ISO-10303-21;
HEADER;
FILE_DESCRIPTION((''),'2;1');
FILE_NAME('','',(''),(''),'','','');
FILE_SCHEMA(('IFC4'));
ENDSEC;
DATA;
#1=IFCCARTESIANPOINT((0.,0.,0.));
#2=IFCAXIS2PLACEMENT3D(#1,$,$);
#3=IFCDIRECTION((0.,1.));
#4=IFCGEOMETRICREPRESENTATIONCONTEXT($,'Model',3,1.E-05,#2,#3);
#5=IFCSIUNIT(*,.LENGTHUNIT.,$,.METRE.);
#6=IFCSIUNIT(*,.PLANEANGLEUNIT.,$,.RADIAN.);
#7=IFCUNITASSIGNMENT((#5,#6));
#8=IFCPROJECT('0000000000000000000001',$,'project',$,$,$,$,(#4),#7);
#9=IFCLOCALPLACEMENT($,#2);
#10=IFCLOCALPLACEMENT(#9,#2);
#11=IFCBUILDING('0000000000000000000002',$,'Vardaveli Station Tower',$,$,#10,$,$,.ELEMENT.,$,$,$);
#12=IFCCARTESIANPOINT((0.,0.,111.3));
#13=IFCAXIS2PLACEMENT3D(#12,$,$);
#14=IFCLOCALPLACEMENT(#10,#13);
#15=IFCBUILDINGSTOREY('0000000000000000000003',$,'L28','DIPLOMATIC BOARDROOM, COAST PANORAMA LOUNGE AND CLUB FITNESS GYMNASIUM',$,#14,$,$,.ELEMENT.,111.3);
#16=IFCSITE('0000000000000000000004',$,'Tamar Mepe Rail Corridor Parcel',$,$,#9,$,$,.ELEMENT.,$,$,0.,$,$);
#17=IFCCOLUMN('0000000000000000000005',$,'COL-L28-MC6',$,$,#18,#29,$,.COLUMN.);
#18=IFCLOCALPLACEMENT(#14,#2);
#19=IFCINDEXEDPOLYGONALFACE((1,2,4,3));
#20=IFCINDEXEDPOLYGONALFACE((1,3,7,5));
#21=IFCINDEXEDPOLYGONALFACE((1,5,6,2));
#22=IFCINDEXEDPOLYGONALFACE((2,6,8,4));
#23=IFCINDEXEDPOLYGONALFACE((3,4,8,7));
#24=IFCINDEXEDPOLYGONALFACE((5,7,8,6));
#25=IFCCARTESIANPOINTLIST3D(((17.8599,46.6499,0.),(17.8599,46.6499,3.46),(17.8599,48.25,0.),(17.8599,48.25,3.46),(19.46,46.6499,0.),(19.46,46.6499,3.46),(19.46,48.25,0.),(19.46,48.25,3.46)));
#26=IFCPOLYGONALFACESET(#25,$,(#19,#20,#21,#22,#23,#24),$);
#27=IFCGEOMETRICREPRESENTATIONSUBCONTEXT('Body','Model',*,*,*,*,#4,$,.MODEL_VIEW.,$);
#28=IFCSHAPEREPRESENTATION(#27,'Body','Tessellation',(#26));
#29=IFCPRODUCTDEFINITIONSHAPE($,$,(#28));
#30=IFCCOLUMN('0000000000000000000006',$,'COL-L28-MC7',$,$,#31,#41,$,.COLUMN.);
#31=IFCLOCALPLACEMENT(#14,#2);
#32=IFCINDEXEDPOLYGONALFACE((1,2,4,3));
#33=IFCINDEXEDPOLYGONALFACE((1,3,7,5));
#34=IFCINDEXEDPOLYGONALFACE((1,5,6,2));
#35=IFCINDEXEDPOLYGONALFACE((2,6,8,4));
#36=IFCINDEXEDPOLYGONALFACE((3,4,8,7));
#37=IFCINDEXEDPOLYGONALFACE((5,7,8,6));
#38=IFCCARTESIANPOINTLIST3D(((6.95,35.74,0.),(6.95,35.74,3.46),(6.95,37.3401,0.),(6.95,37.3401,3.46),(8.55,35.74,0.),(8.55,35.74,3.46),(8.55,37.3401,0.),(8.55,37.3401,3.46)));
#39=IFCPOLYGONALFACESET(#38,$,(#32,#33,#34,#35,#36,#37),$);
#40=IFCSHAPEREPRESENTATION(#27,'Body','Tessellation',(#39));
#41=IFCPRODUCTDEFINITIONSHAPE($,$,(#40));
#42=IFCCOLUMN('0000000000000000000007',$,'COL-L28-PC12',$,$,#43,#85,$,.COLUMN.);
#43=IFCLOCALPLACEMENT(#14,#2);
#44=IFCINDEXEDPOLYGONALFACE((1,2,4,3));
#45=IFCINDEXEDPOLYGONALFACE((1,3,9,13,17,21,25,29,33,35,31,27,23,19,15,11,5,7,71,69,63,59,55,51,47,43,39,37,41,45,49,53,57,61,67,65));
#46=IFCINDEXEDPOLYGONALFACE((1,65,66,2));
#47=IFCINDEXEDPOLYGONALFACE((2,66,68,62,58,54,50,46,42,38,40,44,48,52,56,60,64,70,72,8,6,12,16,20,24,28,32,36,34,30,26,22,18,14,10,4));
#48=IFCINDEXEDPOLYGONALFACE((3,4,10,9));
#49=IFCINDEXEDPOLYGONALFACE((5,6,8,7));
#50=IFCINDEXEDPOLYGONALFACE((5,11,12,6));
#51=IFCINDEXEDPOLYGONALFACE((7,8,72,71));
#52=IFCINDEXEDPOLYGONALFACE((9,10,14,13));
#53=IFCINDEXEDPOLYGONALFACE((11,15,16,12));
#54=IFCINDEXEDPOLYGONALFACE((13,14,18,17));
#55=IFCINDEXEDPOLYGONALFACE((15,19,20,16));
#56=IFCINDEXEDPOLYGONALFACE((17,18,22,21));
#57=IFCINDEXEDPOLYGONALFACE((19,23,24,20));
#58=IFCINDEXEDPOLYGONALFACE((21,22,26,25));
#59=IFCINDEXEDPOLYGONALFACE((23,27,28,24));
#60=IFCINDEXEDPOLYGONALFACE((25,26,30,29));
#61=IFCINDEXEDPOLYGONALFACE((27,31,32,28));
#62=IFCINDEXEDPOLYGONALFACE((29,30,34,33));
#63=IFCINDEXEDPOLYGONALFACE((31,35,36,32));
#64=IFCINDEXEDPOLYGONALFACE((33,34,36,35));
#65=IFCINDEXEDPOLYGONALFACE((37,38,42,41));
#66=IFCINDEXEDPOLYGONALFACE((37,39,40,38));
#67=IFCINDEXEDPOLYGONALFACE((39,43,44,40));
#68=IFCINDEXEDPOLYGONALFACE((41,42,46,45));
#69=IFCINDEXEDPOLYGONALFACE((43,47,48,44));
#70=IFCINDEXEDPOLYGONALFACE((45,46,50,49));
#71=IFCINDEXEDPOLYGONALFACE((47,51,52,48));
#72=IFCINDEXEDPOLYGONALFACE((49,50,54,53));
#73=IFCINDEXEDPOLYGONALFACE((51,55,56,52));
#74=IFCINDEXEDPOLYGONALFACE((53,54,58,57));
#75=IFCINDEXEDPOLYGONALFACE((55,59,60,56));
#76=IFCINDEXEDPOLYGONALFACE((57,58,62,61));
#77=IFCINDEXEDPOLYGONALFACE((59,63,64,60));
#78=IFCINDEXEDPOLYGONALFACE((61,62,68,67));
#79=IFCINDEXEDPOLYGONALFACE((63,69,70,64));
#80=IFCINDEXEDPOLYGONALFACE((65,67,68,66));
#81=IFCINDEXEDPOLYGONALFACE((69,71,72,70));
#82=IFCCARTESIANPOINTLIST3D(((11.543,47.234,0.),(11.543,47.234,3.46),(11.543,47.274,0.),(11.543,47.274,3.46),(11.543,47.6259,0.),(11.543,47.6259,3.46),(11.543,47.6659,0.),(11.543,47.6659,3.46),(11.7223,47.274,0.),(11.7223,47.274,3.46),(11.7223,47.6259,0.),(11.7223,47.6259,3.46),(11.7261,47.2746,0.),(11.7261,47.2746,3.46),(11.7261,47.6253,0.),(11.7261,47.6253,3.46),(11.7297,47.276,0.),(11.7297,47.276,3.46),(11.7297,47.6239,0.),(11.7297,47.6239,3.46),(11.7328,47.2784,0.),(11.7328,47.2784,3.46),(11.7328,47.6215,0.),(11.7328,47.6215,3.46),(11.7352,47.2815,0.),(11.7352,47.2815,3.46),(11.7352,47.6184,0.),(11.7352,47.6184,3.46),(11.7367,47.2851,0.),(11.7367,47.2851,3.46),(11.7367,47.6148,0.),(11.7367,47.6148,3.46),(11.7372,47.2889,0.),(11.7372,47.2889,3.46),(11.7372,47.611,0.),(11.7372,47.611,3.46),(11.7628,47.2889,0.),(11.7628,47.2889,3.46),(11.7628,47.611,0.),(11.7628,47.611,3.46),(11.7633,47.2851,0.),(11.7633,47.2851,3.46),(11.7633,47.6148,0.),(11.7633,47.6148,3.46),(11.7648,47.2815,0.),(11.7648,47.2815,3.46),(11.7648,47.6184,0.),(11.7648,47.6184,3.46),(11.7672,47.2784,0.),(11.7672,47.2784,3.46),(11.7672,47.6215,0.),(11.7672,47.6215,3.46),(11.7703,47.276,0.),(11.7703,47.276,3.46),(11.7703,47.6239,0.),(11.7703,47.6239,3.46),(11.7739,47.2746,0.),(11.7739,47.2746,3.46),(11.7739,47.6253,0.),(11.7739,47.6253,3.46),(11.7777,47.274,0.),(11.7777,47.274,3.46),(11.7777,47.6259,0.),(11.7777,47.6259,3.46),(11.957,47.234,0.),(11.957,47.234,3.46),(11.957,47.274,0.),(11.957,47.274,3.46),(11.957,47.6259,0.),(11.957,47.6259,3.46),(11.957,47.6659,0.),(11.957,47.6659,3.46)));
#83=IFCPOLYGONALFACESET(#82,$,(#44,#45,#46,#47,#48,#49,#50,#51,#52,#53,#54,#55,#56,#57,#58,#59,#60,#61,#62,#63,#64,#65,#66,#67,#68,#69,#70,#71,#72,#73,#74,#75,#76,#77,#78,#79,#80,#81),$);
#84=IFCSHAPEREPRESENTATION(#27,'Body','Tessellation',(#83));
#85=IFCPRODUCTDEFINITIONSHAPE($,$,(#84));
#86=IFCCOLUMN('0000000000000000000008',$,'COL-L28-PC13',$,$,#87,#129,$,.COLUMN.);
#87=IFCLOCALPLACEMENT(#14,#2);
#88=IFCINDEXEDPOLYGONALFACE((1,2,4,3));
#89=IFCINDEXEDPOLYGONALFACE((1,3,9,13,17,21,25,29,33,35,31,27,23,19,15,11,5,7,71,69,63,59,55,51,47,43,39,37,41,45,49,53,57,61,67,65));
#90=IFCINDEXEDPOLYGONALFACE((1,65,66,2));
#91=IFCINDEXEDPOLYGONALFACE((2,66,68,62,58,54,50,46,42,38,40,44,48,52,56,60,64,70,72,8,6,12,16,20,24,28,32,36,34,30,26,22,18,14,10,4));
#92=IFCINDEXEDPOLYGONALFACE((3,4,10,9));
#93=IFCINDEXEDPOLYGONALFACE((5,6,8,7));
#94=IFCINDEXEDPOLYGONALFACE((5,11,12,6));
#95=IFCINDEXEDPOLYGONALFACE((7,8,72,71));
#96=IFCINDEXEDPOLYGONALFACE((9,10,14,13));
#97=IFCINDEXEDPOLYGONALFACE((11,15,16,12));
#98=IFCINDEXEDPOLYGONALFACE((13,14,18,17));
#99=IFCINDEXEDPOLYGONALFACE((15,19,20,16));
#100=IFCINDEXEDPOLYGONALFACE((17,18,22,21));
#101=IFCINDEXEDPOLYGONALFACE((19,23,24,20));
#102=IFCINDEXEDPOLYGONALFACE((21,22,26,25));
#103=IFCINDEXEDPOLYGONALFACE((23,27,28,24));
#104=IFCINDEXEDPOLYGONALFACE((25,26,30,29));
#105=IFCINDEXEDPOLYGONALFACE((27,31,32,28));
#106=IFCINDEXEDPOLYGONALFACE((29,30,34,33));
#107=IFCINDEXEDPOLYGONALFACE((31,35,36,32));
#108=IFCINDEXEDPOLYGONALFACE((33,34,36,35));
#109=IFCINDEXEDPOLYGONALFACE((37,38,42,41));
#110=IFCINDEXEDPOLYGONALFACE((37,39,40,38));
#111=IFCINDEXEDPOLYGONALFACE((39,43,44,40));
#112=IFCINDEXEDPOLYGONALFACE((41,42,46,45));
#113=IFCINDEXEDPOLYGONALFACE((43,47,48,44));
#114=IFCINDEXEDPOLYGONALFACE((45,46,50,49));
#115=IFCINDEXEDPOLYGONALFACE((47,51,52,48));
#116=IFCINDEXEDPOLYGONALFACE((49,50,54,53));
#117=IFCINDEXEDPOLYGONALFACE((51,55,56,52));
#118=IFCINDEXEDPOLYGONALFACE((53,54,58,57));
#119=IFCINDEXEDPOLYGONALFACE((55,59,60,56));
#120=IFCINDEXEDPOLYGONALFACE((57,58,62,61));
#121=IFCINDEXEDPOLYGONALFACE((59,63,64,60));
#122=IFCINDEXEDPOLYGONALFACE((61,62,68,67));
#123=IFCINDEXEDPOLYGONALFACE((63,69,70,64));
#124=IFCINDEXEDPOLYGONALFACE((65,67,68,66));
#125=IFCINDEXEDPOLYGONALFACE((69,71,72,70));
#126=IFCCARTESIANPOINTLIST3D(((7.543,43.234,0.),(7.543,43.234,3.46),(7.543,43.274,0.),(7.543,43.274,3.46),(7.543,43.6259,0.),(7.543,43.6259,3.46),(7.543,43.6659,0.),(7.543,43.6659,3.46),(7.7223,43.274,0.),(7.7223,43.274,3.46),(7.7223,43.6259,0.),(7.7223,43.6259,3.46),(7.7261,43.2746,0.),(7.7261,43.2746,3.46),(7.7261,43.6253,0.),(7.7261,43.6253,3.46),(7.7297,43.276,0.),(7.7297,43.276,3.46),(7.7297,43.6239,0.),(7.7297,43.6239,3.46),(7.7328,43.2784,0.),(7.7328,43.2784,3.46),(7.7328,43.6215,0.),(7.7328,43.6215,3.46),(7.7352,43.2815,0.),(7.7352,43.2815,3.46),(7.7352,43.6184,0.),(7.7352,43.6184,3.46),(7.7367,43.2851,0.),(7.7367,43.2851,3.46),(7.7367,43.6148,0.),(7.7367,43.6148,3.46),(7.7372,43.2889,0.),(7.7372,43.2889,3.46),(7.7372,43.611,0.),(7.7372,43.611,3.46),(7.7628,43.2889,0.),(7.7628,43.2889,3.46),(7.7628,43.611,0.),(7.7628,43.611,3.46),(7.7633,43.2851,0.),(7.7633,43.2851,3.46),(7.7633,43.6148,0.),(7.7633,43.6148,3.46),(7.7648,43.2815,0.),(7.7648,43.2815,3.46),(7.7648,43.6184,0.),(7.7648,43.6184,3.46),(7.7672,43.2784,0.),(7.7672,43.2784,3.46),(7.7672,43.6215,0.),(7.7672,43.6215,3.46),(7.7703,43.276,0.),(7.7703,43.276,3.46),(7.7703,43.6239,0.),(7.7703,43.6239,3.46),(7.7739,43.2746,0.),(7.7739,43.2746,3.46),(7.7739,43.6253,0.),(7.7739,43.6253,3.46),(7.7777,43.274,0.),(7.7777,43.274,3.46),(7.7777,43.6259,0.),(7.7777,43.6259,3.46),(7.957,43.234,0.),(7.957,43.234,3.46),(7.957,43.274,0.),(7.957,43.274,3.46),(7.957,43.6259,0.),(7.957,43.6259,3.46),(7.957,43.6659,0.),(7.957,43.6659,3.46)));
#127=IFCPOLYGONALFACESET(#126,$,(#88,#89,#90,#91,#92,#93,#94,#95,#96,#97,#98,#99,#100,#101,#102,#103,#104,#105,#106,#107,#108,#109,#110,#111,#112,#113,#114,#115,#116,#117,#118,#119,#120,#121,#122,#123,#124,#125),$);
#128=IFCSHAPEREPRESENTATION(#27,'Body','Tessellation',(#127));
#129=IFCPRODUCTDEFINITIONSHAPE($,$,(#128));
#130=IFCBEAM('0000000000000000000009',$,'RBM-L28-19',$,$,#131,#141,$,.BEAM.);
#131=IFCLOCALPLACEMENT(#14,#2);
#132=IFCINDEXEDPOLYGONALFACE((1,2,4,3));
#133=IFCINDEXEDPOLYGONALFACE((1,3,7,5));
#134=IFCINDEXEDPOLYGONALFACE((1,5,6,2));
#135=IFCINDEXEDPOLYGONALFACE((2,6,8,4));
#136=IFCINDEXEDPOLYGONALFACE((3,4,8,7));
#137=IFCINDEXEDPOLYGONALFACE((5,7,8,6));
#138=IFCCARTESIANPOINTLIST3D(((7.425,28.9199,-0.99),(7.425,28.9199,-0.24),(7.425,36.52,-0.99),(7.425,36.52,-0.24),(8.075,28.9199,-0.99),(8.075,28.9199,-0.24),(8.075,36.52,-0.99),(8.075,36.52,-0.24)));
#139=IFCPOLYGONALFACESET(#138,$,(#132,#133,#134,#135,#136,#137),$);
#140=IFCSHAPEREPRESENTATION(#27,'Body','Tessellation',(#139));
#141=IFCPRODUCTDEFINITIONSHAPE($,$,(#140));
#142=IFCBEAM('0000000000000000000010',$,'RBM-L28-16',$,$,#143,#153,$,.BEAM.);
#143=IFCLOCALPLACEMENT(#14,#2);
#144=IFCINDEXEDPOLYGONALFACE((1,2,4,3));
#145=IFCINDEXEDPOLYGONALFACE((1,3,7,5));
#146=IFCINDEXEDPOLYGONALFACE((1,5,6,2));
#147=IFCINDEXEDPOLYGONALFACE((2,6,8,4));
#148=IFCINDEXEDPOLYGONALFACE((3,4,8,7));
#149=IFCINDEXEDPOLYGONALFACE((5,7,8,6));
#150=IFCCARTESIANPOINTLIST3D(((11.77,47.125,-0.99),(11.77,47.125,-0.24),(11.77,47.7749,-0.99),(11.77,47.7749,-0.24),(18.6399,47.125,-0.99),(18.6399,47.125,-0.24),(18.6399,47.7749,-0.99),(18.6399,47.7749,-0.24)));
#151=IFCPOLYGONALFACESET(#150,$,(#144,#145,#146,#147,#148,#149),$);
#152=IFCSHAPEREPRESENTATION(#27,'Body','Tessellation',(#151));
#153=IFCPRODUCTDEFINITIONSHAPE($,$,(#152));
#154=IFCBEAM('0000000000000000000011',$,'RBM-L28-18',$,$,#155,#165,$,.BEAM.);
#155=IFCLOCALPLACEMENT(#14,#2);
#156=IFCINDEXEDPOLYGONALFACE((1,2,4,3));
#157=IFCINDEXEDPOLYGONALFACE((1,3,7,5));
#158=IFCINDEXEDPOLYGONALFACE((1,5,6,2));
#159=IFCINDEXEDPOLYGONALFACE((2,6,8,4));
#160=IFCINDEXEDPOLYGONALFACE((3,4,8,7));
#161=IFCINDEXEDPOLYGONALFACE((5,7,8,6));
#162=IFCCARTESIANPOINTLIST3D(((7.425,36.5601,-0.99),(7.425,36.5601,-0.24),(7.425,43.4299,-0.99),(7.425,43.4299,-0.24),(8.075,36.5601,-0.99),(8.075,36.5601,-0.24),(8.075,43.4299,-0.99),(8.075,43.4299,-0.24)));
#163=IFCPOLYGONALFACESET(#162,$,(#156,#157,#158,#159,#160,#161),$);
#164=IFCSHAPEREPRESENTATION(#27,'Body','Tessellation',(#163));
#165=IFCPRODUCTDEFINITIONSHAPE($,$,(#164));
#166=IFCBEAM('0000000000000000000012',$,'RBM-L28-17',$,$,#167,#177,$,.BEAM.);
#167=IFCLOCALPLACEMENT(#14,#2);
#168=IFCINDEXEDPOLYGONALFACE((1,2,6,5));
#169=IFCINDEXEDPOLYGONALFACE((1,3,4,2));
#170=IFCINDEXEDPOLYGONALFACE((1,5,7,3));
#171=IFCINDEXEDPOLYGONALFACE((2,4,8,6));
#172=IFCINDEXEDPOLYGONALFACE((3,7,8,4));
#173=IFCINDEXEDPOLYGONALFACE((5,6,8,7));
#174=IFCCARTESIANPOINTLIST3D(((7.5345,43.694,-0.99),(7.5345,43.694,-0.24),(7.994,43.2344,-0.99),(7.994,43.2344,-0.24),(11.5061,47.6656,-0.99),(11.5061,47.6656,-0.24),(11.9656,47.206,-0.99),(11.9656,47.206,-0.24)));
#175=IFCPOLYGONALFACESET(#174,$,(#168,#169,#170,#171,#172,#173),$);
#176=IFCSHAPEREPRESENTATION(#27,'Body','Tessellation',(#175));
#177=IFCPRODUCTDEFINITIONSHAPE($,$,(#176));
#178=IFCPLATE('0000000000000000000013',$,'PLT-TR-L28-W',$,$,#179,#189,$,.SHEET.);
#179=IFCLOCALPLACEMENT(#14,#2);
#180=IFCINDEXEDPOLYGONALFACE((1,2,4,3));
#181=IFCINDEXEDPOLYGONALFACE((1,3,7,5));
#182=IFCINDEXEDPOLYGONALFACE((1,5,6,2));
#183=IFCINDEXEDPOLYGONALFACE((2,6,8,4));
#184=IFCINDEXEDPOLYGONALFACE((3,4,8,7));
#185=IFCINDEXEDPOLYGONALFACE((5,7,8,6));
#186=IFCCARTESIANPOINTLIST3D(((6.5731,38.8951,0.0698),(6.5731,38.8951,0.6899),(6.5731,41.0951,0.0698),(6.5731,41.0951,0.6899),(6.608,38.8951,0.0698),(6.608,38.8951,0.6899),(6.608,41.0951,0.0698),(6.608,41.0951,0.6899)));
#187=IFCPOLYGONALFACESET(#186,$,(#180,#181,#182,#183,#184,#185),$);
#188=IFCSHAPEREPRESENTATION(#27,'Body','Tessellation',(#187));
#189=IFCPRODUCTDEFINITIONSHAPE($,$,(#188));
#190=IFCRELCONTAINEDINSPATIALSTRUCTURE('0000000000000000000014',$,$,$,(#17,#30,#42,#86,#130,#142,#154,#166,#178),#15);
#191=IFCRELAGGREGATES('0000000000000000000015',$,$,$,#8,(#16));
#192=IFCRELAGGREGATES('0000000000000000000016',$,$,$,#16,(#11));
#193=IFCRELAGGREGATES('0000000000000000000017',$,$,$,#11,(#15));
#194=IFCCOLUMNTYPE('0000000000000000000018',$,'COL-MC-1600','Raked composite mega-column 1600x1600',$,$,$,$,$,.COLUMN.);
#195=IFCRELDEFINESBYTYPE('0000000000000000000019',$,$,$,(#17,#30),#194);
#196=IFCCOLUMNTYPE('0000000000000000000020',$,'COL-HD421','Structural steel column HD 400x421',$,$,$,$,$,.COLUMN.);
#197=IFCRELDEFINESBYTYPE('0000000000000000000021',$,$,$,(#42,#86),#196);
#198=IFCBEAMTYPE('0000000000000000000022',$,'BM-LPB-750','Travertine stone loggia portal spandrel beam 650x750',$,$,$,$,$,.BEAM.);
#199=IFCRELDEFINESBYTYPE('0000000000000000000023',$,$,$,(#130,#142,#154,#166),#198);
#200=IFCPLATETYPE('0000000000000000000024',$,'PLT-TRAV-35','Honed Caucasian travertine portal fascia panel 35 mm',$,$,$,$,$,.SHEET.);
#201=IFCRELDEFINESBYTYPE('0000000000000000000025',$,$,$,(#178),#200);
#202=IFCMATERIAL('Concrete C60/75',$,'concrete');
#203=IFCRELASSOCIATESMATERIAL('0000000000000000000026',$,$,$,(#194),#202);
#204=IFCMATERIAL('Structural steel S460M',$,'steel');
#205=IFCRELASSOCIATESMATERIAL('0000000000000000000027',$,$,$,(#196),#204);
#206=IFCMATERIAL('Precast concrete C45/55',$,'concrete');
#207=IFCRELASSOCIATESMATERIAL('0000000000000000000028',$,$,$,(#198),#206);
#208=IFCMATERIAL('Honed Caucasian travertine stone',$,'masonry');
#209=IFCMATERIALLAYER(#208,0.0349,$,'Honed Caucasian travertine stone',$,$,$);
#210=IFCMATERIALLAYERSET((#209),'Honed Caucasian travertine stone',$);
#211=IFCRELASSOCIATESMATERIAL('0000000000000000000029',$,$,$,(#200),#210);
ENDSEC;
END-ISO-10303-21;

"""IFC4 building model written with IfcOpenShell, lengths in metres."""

from ifc_helpers import new_model, si_unit, direction, frame, origin, origin_2d, place, context, subcontext, project, spatial, rectangle, i_section, extrude, source, transform, mapped, material, layer, layer_set, material_profile, profile_set, type_object, element, save


model = new_model("IFC4")

# Units and contexts
model_context = context("Model", 3, precision=1e-05, world=origin(), true_north=direction((0.0, 1.0)))
body_context = subcontext(model_context, "Body", "Model", "MODEL_VIEW")
ifc_project = project(units=[si_unit("LENGTHUNIT", "METRE"), si_unit("PLANEANGLEUNIT", "RADIAN")], contexts=[model_context])

# Site, building, storey
site_placement = place(None, origin())
site = spatial("IfcSite", under=ifc_project, at=site_placement, Name="Tamar Mepe Rail Corridor Parcel", CompositionType="ELEMENT", RefElevation=0.0)
building_placement = place(site_placement, origin())
building = spatial("IfcBuilding", under=site, at=building_placement, Name="Vardaveli Station Tower", CompositionType="ELEMENT")
storey_placement = place(building_placement, frame((0.0, 0.0, 111.3)))
storey = spatial("IfcBuildingStorey", under=building, at=storey_placement, Name="L28", Description="DIPLOMATIC BOARDROOM, COAST PANORAMA LOUNGE AND CLUB FITNESS GYMNASIUM", CompositionType="ELEMENT", Elevation=111.3)

# Columns
ifc_material_1 = material(Name="Concrete C60/75", Category="concrete")
ifc_material_profile_1 = material_profile(ifc_material_1, rectangle(XDim=1.6001, YDim=1.6001, at=origin_2d()), Name="MC 1600x1600")
ifc_profile_set_1 = profile_set([ifc_material_profile_1], Name="Concrete C60/75")
column_type_1 = type_object("IfcColumnType", Name="COL-MC-1600", Description="Raked composite mega-column 1600x1600", PredefinedType="COLUMN", material=ifc_profile_set_1)
shared_shape_1 = source(origin(), body_context, "Body", "SweptSolid", [
    extrude(rectangle(XDim=1.6001, YDim=1.6001, at=origin_2d()), origin(), (0.0, 0.0, 1.0), 3.46),
])
for number, where, z_axis, x_axis, name in (
    (1, (18.6599, 47.45, 0.0), (0.0, 0.0, 1.0), (1.0, 0.0, 0.0), "COL-L28-MC6"),
    (2, (7.75, 36.54, 0.0), (0.0, 0.0, 1.0), (1.0, 0.0, 0.0), "COL-L28-MC7"),
):
    element("IfcColumn", number, at=place(storey_placement, frame(where, z_axis=z_axis, x_axis=x_axis)), inside=storey, type_object=column_type_1, Name=name, PredefinedType="COLUMN", context=body_context, shape_type="MappedRepresentation", body=[
        mapped(shared_shape_1, transform((0.0, 0.0, 0.0), scale=1.0)),
    ])
ifc_material_2 = material(Name="Structural steel S460M", Category="steel")
ifc_material_profile_2 = material_profile(ifc_material_2, i_section(OverallWidth=0.4141, OverallDepth=0.4319, WebThickness=0.0256, FlangeThickness=0.04, FilletRadius=0.0149, at=origin_2d()), Name="HD 400x421")
ifc_profile_set_2 = profile_set([ifc_material_profile_2], Name="Structural steel S460M")
column_type_2 = type_object("IfcColumnType", Name="COL-HD421", Description="Structural steel column HD 400x421", PredefinedType="COLUMN", material=ifc_profile_set_2)
shared_shape_2 = source(origin(), body_context, "Body", "SweptSolid", [
    extrude(i_section(OverallWidth=0.4141, OverallDepth=0.4319, WebThickness=0.0256, FlangeThickness=0.04, FilletRadius=0.0149, at=origin_2d()), origin(), (0.0, 0.0, 1.0), 3.46),
])
for number, where, z_axis, x_axis, name in (
    (3, (11.75, 47.45, 0.0), (0.0, 0.0, 1.0), (1.0, 0.0, 0.0), "COL-L28-PC12"),
    (4, (7.75, 43.45, 0.0), (0.0, 0.0, 1.0), (1.0, 0.0, 0.0), "COL-L28-PC13"),
):
    element("IfcColumn", number, at=place(storey_placement, frame(where, z_axis=z_axis, x_axis=x_axis)), inside=storey, type_object=column_type_2, Name=name, PredefinedType="COLUMN", context=body_context, shape_type="MappedRepresentation", body=[
        mapped(shared_shape_2, transform((0.0, 0.0, 0.0), scale=1.0)),
    ])

# Beams
ifc_material_3 = material(Name="Precast concrete C45/55", Category="concrete")
ifc_material_profile_3 = material_profile(ifc_material_3, rectangle(XDim=0.6499, YDim=0.75, at=origin_2d()), Name="LPB 650x750")
ifc_profile_set_3 = profile_set([ifc_material_profile_3], Name="Precast concrete C45/55")
beam_type = type_object("IfcBeamType", Name="BM-LPB-750", Description="Travertine stone loggia portal spandrel beam 650x750", PredefinedType="BEAM", material=ifc_profile_set_3)
shared_shape_3 = source(origin(), body_context, "Body", "SweptSolid", [
    extrude(rectangle(XDim=0.6499, YDim=0.75, at=origin_2d()), origin(), (0.0, 0.0, 1.0), 7.6001),
])
beam_1_placement = place(storey_placement, frame((7.75, 36.52, -0.615), z_axis=(0.0, -1.0, 0.0), x_axis=(1.0, 0.0, 0.0)))
element("IfcBeam", 5, at=beam_1_placement, inside=storey, type_object=beam_type, Name="RBM-L28-19", PredefinedType="BEAM", context=body_context, shape_type="MappedRepresentation", body=[
    mapped(shared_shape_3, transform((0.0, 0.0, 0.0), scale=1.0)),
])
shared_shape_4 = source(origin(), body_context, "Body", "SweptSolid", [
    extrude(rectangle(XDim=0.6499, YDim=0.75, at=origin_2d()), origin(), (0.0, 0.0, 1.0), 6.8699),
])
for number, where, z_axis, x_axis, name in (
    (6, (18.6399, 47.45, -0.615), (-1.0, 0.0, 0.0), (0.0, -1.0, 0.0), "RBM-L28-16"),
    (7, (7.75, 43.4299, -0.615), (0.0, -1.0, 0.0), (1.0, 0.0, 0.0), "RBM-L28-18"),
):
    element("IfcBeam", number, at=place(storey_placement, frame(where, z_axis=z_axis, x_axis=x_axis)), inside=storey, type_object=beam_type, Name=name, PredefinedType="BEAM", context=body_context, shape_type="MappedRepresentation", body=[
        mapped(shared_shape_4, transform((0.0, 0.0, 0.0), scale=1.0)),
    ])
shared_shape_5 = source(origin(), body_context, "Body", "SweptSolid", [
    extrude(rectangle(XDim=0.6499, YDim=0.75, at=origin_2d()), origin(), (0.0, 0.0, 1.0), 5.6167),
])
beam_2_placement = place(storey_placement, frame((11.7358, 47.4358, -0.615), z_axis=(-0.707107, -0.707107, 0.0), x_axis=(0.707107, -0.707107, 0.0)))
element("IfcBeam", 8, at=beam_2_placement, inside=storey, type_object=beam_type, Name="RBM-L28-17", PredefinedType="BEAM", context=body_context, shape_type="MappedRepresentation", body=[
    mapped(shared_shape_5, transform((0.0, 0.0, 0.0), scale=1.0)),
])

# Plate
ifc_material_4 = material(Name="Honed Caucasian travertine stone", Category="masonry")
ifc_layer_1 = layer(ifc_material_4, 0.0349, Name="Honed Caucasian travertine stone")
ifc_layer_set_1 = layer_set([ifc_layer_1], Name="Honed Caucasian travertine stone")
plate_type = type_object("IfcPlateType", Name="PLT-TRAV-35", Description="Honed Caucasian travertine portal fascia panel 35 mm", PredefinedType="SHEET", material=ifc_layer_set_1)
shared_shape_6 = source(origin(), body_context, "Body", "SweptSolid", [
    extrude(rectangle(XDim=2.2, YDim=0.0349, at=origin_2d()), origin(), (0.0, 0.0, 1.0), 0.6201),
])
plate_placement = place(storey_placement, frame((6.5906, 39.9951, 0.0698), z_axis=(0.0, 0.0, 1.0), x_axis=(0.0, 1.0, 0.0)))
element("IfcPlate", 9, at=plate_placement, inside=storey, type_object=plate_type, Name="PLT-TR-L28-W", PredefinedType="SHEET", context=body_context, shape_type="MappedRepresentation", body=[
    mapped(shared_shape_6, transform((0.0, 0.0, 0.0), scale=1.0)),
])

save(model, "model.ifc")
